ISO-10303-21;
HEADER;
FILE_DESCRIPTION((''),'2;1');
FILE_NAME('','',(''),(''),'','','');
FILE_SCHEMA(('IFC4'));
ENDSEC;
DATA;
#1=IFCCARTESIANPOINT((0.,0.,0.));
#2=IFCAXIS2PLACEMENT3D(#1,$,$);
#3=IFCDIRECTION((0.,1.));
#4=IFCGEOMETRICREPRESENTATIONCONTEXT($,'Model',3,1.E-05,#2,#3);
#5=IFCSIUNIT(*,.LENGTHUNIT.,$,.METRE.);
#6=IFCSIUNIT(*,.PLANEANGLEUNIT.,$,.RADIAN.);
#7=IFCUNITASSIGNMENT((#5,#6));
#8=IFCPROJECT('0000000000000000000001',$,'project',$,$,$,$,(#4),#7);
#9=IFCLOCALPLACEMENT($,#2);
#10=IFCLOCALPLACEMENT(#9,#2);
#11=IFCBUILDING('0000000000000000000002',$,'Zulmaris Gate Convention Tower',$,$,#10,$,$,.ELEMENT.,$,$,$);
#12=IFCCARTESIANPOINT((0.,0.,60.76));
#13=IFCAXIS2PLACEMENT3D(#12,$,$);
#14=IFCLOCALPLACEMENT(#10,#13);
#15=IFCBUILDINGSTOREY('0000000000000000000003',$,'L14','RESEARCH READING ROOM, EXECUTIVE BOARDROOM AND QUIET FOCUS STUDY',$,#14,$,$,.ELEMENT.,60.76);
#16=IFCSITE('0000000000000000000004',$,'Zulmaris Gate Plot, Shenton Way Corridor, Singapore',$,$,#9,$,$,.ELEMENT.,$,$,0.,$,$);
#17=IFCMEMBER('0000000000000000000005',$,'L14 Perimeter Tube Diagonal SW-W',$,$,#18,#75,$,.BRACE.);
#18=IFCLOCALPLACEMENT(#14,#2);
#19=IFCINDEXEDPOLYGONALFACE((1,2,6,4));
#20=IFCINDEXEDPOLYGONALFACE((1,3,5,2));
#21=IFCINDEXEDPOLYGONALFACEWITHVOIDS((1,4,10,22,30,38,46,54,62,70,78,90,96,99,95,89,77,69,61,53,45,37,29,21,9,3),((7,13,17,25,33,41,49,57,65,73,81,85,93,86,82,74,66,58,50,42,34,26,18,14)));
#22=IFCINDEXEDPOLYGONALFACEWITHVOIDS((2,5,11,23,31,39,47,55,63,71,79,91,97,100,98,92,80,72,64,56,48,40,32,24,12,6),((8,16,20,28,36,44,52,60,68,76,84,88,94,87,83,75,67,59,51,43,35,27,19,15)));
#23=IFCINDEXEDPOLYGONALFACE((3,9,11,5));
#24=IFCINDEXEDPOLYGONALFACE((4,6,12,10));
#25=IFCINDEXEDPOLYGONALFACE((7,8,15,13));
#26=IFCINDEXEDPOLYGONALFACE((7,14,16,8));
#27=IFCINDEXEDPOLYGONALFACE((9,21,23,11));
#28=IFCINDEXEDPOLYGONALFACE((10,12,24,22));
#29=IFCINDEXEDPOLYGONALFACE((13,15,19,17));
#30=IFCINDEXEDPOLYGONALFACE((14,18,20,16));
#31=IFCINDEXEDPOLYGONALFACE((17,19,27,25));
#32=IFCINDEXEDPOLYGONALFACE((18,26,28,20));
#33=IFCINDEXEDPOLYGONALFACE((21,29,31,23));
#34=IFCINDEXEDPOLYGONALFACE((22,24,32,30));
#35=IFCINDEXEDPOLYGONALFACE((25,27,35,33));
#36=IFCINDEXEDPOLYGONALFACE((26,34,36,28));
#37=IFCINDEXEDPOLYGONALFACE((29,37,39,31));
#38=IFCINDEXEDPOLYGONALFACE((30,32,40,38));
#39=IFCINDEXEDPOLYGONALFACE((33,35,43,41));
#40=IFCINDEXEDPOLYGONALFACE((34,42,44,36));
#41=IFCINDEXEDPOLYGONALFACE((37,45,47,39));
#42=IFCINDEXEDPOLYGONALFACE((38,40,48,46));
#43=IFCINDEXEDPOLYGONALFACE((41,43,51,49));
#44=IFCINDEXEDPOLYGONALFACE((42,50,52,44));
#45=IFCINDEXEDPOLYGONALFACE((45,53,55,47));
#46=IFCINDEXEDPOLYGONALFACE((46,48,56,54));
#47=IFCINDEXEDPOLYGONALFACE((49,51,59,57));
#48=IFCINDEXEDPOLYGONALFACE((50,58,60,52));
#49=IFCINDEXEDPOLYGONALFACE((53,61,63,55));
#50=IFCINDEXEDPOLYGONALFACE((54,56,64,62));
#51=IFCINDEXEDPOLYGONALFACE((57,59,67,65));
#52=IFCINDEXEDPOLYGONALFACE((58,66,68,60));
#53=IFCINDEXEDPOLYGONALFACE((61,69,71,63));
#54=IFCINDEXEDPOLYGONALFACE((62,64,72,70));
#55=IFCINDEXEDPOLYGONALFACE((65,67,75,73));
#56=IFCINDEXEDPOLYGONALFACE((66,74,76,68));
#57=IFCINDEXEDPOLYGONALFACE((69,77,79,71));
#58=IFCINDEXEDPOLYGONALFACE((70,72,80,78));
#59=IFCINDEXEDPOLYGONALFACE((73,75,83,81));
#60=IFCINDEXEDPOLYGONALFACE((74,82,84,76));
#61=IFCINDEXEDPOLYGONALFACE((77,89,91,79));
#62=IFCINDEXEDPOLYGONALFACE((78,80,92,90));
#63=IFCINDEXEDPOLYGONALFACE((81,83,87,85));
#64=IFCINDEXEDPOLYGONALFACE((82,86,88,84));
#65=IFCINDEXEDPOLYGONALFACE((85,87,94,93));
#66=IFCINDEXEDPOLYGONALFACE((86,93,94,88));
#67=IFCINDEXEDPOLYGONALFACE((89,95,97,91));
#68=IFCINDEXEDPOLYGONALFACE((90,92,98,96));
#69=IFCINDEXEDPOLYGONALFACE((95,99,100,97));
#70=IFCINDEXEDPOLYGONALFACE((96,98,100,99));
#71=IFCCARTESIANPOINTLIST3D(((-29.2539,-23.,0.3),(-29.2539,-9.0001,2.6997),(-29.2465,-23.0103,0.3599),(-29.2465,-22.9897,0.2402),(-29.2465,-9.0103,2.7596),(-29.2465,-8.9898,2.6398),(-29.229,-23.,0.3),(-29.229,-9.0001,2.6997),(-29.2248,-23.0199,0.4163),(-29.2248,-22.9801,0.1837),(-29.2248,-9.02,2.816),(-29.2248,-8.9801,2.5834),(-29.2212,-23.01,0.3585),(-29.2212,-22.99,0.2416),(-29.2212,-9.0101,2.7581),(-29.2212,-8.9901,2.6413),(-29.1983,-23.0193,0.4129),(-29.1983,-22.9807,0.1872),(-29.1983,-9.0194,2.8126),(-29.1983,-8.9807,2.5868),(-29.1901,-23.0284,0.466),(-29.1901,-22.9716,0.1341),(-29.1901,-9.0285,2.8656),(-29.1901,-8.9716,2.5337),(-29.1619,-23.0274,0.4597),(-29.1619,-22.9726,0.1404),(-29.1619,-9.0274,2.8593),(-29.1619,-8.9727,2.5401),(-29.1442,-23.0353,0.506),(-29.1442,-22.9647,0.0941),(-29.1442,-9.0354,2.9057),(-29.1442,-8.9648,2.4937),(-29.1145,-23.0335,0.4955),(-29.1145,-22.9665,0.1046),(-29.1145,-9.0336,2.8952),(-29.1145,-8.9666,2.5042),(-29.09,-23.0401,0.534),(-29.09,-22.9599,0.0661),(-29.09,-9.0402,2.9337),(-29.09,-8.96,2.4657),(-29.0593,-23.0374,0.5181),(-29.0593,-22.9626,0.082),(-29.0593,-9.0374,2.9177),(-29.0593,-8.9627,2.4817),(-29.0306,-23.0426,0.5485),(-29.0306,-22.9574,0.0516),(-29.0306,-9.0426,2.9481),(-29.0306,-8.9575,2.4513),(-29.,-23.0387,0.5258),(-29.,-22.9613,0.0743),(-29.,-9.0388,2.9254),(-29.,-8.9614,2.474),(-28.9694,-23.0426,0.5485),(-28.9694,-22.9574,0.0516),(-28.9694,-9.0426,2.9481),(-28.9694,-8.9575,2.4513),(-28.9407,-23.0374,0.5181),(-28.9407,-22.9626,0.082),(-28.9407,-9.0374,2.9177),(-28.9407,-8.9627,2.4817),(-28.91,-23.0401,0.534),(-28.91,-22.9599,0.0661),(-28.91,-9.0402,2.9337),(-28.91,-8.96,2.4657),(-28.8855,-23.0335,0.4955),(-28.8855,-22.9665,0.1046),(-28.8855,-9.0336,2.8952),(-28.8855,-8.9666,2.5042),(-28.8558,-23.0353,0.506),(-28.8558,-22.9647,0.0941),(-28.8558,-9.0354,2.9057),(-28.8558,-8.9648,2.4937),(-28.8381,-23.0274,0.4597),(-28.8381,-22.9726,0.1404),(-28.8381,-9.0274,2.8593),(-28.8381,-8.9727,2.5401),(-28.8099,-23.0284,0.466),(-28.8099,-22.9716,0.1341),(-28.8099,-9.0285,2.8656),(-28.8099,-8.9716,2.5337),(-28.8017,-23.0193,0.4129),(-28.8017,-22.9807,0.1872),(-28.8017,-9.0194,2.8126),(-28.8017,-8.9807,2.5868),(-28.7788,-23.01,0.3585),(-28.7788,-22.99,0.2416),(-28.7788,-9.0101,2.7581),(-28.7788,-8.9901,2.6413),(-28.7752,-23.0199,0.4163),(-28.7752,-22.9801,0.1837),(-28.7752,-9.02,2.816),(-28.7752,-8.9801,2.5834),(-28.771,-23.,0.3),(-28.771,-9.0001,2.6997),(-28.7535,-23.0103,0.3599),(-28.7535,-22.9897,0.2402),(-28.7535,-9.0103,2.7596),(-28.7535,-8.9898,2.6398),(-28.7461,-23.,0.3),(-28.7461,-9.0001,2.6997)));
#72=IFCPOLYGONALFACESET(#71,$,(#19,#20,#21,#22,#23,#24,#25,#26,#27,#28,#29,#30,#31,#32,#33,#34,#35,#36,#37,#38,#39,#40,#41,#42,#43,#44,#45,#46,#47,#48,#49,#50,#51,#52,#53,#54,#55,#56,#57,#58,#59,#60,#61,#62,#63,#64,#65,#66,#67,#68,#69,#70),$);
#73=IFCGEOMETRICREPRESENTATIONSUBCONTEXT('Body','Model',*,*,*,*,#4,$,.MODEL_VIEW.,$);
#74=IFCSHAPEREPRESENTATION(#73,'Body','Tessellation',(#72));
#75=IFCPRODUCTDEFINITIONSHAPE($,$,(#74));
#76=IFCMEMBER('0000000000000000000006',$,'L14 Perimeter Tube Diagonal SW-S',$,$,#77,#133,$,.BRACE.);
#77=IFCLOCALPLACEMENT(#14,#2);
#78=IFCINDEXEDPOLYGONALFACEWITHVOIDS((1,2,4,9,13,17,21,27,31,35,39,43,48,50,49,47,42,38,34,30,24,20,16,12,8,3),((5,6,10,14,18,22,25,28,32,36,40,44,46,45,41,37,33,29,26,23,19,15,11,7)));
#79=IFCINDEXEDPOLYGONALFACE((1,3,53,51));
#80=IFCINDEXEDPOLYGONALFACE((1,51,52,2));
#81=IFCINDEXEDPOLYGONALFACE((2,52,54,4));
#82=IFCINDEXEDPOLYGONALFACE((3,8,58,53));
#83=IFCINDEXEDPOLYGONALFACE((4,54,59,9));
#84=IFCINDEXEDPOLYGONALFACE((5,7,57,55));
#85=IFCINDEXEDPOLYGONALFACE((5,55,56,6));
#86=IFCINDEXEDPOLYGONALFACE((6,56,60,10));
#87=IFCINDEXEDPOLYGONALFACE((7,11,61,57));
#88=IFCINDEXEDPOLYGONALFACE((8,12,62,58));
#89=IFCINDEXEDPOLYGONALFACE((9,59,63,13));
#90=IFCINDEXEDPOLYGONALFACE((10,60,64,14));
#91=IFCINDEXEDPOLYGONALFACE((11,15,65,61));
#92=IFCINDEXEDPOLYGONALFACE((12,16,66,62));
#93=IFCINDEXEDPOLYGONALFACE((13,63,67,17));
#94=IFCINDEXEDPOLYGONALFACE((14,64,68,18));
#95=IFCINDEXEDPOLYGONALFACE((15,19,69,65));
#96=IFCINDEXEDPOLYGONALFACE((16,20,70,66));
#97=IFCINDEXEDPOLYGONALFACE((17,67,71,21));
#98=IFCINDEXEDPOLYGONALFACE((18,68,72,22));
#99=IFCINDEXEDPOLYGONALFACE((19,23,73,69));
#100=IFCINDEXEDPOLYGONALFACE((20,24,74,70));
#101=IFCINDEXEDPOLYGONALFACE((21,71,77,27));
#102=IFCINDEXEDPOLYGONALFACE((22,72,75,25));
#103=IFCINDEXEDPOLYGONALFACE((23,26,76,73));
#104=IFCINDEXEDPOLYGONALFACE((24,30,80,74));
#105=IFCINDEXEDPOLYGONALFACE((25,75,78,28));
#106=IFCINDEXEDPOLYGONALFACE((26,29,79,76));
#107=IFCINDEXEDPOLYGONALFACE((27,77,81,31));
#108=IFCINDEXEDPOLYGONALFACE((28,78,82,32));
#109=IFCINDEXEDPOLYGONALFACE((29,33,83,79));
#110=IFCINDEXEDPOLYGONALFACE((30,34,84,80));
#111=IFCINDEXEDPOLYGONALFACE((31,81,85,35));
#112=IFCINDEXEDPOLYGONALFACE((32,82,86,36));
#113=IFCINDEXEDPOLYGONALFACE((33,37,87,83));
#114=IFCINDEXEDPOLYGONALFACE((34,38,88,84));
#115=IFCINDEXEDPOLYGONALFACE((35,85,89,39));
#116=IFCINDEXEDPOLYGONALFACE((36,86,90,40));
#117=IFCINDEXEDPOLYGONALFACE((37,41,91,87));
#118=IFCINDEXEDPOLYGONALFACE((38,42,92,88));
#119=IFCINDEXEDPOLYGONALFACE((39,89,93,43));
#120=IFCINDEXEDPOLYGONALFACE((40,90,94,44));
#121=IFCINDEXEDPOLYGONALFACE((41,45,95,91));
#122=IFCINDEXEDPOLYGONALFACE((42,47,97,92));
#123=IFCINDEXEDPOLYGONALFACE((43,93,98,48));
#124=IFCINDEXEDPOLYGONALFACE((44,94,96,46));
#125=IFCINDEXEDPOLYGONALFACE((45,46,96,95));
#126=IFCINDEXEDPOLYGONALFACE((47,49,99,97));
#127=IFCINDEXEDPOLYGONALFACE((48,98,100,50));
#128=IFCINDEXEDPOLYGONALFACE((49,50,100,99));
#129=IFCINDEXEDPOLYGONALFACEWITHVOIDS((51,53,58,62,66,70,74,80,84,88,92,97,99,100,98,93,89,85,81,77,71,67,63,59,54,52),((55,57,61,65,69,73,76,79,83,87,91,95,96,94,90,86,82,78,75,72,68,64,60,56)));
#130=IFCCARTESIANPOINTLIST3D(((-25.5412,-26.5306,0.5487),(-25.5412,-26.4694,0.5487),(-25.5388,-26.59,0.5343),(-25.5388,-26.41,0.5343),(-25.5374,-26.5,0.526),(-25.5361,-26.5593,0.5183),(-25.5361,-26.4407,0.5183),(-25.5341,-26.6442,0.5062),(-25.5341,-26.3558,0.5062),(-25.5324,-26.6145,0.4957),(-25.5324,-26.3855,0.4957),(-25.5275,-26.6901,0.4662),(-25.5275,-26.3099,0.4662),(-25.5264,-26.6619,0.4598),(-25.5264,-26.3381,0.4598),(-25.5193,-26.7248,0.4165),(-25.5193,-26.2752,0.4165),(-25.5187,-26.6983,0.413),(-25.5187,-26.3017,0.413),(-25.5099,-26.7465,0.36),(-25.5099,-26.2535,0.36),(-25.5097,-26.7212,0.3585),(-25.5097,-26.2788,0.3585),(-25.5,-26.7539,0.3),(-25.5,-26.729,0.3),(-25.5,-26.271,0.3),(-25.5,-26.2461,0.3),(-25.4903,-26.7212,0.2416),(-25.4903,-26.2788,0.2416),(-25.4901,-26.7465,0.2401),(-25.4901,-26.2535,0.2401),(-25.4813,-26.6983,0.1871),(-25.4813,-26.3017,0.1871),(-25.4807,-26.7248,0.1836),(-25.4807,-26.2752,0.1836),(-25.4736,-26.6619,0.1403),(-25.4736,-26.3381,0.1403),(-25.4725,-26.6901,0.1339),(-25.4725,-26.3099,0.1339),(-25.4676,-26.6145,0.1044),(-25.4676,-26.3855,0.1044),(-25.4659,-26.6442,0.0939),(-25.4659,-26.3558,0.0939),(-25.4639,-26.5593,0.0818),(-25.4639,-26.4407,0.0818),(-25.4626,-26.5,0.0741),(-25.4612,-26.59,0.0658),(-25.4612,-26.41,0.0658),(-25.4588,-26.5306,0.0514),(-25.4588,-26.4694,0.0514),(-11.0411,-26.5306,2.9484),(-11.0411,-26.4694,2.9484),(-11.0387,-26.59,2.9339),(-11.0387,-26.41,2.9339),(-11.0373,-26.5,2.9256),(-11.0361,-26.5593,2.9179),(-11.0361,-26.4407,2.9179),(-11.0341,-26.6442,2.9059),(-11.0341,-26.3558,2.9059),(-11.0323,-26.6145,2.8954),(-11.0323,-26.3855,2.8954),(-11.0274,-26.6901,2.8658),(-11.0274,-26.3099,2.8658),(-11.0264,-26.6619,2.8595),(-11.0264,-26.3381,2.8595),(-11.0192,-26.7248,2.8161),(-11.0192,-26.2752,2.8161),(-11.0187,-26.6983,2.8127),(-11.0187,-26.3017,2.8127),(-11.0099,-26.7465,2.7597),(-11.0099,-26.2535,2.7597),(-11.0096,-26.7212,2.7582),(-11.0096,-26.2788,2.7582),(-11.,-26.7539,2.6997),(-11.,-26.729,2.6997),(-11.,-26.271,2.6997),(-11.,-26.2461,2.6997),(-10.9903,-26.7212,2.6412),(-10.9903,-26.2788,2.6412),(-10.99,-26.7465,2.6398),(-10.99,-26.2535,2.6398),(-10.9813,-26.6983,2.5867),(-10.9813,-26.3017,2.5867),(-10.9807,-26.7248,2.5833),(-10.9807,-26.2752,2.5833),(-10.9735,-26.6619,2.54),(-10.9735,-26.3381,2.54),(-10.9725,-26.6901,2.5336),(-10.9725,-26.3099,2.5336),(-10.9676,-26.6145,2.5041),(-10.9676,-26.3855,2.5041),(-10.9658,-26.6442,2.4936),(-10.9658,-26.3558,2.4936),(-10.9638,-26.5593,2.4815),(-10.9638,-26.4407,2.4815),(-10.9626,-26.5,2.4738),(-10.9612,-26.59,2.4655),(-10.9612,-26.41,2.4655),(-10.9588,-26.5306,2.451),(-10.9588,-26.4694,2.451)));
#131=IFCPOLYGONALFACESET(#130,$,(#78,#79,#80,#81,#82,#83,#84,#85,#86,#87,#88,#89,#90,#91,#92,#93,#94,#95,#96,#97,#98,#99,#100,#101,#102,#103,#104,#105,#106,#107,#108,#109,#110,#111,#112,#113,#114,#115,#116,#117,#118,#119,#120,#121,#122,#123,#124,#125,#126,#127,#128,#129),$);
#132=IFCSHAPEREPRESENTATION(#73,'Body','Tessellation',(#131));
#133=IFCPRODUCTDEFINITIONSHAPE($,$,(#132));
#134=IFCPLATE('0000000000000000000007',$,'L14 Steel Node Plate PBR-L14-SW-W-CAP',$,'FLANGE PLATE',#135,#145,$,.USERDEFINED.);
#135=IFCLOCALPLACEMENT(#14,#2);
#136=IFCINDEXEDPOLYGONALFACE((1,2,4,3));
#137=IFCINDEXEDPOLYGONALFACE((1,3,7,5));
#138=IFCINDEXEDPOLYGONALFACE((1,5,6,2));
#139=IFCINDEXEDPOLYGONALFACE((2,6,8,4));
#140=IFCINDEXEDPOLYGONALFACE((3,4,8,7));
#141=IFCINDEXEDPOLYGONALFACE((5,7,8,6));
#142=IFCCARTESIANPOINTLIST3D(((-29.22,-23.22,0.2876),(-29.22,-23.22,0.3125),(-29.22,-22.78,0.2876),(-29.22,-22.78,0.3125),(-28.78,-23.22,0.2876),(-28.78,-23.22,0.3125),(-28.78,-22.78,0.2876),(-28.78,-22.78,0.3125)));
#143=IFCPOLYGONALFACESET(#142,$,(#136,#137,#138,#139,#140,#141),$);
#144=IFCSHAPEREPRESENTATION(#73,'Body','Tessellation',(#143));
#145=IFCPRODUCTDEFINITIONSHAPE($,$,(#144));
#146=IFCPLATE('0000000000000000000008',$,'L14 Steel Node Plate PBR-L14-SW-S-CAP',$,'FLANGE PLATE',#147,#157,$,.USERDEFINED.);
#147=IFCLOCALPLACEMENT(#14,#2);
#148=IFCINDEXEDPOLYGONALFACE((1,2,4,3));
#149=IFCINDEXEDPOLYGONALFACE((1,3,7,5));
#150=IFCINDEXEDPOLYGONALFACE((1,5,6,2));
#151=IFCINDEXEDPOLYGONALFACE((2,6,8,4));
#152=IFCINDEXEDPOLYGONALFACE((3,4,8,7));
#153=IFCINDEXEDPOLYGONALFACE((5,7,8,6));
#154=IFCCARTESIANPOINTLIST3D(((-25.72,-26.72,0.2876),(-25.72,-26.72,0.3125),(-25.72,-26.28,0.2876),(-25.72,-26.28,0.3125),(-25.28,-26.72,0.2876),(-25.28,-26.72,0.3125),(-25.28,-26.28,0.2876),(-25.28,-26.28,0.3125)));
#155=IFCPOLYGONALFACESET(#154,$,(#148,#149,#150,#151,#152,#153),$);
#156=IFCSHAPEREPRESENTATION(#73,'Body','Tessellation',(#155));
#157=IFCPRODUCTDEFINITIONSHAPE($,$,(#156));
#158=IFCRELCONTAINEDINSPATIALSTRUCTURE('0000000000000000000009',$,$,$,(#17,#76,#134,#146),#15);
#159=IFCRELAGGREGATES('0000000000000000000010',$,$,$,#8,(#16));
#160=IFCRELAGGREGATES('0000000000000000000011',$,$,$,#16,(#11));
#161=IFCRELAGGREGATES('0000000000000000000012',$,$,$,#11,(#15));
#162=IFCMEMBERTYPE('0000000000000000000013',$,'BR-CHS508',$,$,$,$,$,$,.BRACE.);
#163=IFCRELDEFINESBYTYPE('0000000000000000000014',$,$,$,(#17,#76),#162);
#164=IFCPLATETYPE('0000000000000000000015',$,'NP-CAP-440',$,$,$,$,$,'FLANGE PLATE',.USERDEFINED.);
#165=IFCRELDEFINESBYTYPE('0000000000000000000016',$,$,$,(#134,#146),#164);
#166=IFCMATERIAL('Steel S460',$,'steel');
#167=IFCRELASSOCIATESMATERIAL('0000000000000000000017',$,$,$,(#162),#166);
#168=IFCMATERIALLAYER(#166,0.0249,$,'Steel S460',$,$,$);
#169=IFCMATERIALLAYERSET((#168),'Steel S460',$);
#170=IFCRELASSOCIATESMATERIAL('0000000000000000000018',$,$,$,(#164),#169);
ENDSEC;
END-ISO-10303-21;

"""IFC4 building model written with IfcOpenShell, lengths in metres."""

from ifc_helpers import new_model, si_unit, direction, frame, origin, origin_2d, place, context, subcontext, project, spatial, rectangle, hollow_circle, extrude, material, layer, layer_set, material_profile, profile_set, type_object, element, save


model = new_model("IFC4")

# Units and contexts
model_context = context("Model", 3, precision=1e-05, world=origin(), true_north=direction((0.0, 1.0)))
body_context = subcontext(model_context, "Body", "Model", "MODEL_VIEW")
ifc_project = project(units=[si_unit("LENGTHUNIT", "METRE"), si_unit("PLANEANGLEUNIT", "RADIAN")], contexts=[model_context])

# Site, building, storey
site_placement = place(None, origin())
site = spatial("IfcSite", under=ifc_project, at=site_placement, Name="Zulmaris Gate Plot, Shenton Way Corridor, Singapore", CompositionType="ELEMENT", RefElevation=0.0)
building_placement = place(site_placement, origin())
building = spatial("IfcBuilding", under=site, at=building_placement, Name="Zulmaris Gate Convention Tower", CompositionType="ELEMENT")
storey_placement = place(building_placement, frame((0.0, 0.0, 60.76)))
storey = spatial("IfcBuildingStorey", under=building, at=storey_placement, Name="L14", Description="RESEARCH READING ROOM, EXECUTIVE BOARDROOM AND QUIET FOCUS STUDY", CompositionType="ELEMENT", Elevation=60.76)

# Members
ifc_material_1 = material(Name="Steel S460", Category="steel")
ifc_material_profile_1 = material_profile(ifc_material_1, hollow_circle(Radius=0.2539, WallThickness=0.0249, at=origin_2d()), Name="CHS 508x25")
ifc_profile_set_1 = profile_set([ifc_material_profile_1], Name="Steel S460")
member_type = type_object("IfcMemberType", Name="BR-CHS508", PredefinedType="BRACE", material=ifc_profile_set_1)
member_1_placement = place(storey_placement, frame((-29.0, -23.0, 0.3), z_axis=(0.0, 0.985626, 0.16894), x_axis=(-1.0, 0.0, 0.0)))
element("IfcMember", 1, at=member_1_placement, inside=storey, type_object=member_type, Name="L14 Perimeter Tube Diagonal SW-W", PredefinedType="BRACE", context=body_context, shape_type="SweptSolid", body=[
    extrude(hollow_circle(Radius=0.2539, WallThickness=0.0249, at=origin_2d()), origin(), (0.0, 0.0, 1.0), 14.2041),
])
member_2_placement = place(storey_placement, frame((-25.5, -26.5, 0.3), z_axis=(0.986581, 0.0, 0.163273), x_axis=(0.0, 1.0, 0.0)))
element("IfcMember", 2, at=member_2_placement, inside=storey, type_object=member_type, Name="L14 Perimeter Tube Diagonal SW-S", PredefinedType="BRACE", context=body_context, shape_type="SweptSolid", body=[
    extrude(hollow_circle(Radius=0.2539, WallThickness=0.0249, at=origin_2d()), origin(), (0.0, 0.0, 1.0), 14.6973),
])

# Plates
ifc_layer_1 = layer(ifc_material_1, 0.0249, Name="Steel S460")
ifc_layer_set_1 = layer_set([ifc_layer_1], Name="Steel S460")
plate_type = type_object("IfcPlateType", Name="NP-CAP-440", ElementType="FLANGE PLATE", PredefinedType="USERDEFINED", material=ifc_layer_set_1)
for number, where, z_axis, x_axis, name in (
    (3, (-29.0, -23.0, 0.2876), (0.0, 0.0, 1.0), (1.0, 0.0, 0.0), "L14 Steel Node Plate PBR-L14-SW-W-CAP"),
    (4, (-25.5, -26.5, 0.2876), (0.0, 0.0, 1.0), (1.0, 0.0, 0.0), "L14 Steel Node Plate PBR-L14-SW-S-CAP"),
):
    element("IfcPlate", number, at=place(storey_placement, frame(where, z_axis=z_axis, x_axis=x_axis)), inside=storey, type_object=plate_type, Name=name, ObjectType="FLANGE PLATE", PredefinedType="USERDEFINED", context=body_context, shape_type="SweptSolid", body=[
        extrude(rectangle(XDim=0.4399, YDim=0.4399, at=origin_2d()), origin(), (0.0, 0.0, 1.0), 0.0249),
    ])

save(model, "model.ifc")
